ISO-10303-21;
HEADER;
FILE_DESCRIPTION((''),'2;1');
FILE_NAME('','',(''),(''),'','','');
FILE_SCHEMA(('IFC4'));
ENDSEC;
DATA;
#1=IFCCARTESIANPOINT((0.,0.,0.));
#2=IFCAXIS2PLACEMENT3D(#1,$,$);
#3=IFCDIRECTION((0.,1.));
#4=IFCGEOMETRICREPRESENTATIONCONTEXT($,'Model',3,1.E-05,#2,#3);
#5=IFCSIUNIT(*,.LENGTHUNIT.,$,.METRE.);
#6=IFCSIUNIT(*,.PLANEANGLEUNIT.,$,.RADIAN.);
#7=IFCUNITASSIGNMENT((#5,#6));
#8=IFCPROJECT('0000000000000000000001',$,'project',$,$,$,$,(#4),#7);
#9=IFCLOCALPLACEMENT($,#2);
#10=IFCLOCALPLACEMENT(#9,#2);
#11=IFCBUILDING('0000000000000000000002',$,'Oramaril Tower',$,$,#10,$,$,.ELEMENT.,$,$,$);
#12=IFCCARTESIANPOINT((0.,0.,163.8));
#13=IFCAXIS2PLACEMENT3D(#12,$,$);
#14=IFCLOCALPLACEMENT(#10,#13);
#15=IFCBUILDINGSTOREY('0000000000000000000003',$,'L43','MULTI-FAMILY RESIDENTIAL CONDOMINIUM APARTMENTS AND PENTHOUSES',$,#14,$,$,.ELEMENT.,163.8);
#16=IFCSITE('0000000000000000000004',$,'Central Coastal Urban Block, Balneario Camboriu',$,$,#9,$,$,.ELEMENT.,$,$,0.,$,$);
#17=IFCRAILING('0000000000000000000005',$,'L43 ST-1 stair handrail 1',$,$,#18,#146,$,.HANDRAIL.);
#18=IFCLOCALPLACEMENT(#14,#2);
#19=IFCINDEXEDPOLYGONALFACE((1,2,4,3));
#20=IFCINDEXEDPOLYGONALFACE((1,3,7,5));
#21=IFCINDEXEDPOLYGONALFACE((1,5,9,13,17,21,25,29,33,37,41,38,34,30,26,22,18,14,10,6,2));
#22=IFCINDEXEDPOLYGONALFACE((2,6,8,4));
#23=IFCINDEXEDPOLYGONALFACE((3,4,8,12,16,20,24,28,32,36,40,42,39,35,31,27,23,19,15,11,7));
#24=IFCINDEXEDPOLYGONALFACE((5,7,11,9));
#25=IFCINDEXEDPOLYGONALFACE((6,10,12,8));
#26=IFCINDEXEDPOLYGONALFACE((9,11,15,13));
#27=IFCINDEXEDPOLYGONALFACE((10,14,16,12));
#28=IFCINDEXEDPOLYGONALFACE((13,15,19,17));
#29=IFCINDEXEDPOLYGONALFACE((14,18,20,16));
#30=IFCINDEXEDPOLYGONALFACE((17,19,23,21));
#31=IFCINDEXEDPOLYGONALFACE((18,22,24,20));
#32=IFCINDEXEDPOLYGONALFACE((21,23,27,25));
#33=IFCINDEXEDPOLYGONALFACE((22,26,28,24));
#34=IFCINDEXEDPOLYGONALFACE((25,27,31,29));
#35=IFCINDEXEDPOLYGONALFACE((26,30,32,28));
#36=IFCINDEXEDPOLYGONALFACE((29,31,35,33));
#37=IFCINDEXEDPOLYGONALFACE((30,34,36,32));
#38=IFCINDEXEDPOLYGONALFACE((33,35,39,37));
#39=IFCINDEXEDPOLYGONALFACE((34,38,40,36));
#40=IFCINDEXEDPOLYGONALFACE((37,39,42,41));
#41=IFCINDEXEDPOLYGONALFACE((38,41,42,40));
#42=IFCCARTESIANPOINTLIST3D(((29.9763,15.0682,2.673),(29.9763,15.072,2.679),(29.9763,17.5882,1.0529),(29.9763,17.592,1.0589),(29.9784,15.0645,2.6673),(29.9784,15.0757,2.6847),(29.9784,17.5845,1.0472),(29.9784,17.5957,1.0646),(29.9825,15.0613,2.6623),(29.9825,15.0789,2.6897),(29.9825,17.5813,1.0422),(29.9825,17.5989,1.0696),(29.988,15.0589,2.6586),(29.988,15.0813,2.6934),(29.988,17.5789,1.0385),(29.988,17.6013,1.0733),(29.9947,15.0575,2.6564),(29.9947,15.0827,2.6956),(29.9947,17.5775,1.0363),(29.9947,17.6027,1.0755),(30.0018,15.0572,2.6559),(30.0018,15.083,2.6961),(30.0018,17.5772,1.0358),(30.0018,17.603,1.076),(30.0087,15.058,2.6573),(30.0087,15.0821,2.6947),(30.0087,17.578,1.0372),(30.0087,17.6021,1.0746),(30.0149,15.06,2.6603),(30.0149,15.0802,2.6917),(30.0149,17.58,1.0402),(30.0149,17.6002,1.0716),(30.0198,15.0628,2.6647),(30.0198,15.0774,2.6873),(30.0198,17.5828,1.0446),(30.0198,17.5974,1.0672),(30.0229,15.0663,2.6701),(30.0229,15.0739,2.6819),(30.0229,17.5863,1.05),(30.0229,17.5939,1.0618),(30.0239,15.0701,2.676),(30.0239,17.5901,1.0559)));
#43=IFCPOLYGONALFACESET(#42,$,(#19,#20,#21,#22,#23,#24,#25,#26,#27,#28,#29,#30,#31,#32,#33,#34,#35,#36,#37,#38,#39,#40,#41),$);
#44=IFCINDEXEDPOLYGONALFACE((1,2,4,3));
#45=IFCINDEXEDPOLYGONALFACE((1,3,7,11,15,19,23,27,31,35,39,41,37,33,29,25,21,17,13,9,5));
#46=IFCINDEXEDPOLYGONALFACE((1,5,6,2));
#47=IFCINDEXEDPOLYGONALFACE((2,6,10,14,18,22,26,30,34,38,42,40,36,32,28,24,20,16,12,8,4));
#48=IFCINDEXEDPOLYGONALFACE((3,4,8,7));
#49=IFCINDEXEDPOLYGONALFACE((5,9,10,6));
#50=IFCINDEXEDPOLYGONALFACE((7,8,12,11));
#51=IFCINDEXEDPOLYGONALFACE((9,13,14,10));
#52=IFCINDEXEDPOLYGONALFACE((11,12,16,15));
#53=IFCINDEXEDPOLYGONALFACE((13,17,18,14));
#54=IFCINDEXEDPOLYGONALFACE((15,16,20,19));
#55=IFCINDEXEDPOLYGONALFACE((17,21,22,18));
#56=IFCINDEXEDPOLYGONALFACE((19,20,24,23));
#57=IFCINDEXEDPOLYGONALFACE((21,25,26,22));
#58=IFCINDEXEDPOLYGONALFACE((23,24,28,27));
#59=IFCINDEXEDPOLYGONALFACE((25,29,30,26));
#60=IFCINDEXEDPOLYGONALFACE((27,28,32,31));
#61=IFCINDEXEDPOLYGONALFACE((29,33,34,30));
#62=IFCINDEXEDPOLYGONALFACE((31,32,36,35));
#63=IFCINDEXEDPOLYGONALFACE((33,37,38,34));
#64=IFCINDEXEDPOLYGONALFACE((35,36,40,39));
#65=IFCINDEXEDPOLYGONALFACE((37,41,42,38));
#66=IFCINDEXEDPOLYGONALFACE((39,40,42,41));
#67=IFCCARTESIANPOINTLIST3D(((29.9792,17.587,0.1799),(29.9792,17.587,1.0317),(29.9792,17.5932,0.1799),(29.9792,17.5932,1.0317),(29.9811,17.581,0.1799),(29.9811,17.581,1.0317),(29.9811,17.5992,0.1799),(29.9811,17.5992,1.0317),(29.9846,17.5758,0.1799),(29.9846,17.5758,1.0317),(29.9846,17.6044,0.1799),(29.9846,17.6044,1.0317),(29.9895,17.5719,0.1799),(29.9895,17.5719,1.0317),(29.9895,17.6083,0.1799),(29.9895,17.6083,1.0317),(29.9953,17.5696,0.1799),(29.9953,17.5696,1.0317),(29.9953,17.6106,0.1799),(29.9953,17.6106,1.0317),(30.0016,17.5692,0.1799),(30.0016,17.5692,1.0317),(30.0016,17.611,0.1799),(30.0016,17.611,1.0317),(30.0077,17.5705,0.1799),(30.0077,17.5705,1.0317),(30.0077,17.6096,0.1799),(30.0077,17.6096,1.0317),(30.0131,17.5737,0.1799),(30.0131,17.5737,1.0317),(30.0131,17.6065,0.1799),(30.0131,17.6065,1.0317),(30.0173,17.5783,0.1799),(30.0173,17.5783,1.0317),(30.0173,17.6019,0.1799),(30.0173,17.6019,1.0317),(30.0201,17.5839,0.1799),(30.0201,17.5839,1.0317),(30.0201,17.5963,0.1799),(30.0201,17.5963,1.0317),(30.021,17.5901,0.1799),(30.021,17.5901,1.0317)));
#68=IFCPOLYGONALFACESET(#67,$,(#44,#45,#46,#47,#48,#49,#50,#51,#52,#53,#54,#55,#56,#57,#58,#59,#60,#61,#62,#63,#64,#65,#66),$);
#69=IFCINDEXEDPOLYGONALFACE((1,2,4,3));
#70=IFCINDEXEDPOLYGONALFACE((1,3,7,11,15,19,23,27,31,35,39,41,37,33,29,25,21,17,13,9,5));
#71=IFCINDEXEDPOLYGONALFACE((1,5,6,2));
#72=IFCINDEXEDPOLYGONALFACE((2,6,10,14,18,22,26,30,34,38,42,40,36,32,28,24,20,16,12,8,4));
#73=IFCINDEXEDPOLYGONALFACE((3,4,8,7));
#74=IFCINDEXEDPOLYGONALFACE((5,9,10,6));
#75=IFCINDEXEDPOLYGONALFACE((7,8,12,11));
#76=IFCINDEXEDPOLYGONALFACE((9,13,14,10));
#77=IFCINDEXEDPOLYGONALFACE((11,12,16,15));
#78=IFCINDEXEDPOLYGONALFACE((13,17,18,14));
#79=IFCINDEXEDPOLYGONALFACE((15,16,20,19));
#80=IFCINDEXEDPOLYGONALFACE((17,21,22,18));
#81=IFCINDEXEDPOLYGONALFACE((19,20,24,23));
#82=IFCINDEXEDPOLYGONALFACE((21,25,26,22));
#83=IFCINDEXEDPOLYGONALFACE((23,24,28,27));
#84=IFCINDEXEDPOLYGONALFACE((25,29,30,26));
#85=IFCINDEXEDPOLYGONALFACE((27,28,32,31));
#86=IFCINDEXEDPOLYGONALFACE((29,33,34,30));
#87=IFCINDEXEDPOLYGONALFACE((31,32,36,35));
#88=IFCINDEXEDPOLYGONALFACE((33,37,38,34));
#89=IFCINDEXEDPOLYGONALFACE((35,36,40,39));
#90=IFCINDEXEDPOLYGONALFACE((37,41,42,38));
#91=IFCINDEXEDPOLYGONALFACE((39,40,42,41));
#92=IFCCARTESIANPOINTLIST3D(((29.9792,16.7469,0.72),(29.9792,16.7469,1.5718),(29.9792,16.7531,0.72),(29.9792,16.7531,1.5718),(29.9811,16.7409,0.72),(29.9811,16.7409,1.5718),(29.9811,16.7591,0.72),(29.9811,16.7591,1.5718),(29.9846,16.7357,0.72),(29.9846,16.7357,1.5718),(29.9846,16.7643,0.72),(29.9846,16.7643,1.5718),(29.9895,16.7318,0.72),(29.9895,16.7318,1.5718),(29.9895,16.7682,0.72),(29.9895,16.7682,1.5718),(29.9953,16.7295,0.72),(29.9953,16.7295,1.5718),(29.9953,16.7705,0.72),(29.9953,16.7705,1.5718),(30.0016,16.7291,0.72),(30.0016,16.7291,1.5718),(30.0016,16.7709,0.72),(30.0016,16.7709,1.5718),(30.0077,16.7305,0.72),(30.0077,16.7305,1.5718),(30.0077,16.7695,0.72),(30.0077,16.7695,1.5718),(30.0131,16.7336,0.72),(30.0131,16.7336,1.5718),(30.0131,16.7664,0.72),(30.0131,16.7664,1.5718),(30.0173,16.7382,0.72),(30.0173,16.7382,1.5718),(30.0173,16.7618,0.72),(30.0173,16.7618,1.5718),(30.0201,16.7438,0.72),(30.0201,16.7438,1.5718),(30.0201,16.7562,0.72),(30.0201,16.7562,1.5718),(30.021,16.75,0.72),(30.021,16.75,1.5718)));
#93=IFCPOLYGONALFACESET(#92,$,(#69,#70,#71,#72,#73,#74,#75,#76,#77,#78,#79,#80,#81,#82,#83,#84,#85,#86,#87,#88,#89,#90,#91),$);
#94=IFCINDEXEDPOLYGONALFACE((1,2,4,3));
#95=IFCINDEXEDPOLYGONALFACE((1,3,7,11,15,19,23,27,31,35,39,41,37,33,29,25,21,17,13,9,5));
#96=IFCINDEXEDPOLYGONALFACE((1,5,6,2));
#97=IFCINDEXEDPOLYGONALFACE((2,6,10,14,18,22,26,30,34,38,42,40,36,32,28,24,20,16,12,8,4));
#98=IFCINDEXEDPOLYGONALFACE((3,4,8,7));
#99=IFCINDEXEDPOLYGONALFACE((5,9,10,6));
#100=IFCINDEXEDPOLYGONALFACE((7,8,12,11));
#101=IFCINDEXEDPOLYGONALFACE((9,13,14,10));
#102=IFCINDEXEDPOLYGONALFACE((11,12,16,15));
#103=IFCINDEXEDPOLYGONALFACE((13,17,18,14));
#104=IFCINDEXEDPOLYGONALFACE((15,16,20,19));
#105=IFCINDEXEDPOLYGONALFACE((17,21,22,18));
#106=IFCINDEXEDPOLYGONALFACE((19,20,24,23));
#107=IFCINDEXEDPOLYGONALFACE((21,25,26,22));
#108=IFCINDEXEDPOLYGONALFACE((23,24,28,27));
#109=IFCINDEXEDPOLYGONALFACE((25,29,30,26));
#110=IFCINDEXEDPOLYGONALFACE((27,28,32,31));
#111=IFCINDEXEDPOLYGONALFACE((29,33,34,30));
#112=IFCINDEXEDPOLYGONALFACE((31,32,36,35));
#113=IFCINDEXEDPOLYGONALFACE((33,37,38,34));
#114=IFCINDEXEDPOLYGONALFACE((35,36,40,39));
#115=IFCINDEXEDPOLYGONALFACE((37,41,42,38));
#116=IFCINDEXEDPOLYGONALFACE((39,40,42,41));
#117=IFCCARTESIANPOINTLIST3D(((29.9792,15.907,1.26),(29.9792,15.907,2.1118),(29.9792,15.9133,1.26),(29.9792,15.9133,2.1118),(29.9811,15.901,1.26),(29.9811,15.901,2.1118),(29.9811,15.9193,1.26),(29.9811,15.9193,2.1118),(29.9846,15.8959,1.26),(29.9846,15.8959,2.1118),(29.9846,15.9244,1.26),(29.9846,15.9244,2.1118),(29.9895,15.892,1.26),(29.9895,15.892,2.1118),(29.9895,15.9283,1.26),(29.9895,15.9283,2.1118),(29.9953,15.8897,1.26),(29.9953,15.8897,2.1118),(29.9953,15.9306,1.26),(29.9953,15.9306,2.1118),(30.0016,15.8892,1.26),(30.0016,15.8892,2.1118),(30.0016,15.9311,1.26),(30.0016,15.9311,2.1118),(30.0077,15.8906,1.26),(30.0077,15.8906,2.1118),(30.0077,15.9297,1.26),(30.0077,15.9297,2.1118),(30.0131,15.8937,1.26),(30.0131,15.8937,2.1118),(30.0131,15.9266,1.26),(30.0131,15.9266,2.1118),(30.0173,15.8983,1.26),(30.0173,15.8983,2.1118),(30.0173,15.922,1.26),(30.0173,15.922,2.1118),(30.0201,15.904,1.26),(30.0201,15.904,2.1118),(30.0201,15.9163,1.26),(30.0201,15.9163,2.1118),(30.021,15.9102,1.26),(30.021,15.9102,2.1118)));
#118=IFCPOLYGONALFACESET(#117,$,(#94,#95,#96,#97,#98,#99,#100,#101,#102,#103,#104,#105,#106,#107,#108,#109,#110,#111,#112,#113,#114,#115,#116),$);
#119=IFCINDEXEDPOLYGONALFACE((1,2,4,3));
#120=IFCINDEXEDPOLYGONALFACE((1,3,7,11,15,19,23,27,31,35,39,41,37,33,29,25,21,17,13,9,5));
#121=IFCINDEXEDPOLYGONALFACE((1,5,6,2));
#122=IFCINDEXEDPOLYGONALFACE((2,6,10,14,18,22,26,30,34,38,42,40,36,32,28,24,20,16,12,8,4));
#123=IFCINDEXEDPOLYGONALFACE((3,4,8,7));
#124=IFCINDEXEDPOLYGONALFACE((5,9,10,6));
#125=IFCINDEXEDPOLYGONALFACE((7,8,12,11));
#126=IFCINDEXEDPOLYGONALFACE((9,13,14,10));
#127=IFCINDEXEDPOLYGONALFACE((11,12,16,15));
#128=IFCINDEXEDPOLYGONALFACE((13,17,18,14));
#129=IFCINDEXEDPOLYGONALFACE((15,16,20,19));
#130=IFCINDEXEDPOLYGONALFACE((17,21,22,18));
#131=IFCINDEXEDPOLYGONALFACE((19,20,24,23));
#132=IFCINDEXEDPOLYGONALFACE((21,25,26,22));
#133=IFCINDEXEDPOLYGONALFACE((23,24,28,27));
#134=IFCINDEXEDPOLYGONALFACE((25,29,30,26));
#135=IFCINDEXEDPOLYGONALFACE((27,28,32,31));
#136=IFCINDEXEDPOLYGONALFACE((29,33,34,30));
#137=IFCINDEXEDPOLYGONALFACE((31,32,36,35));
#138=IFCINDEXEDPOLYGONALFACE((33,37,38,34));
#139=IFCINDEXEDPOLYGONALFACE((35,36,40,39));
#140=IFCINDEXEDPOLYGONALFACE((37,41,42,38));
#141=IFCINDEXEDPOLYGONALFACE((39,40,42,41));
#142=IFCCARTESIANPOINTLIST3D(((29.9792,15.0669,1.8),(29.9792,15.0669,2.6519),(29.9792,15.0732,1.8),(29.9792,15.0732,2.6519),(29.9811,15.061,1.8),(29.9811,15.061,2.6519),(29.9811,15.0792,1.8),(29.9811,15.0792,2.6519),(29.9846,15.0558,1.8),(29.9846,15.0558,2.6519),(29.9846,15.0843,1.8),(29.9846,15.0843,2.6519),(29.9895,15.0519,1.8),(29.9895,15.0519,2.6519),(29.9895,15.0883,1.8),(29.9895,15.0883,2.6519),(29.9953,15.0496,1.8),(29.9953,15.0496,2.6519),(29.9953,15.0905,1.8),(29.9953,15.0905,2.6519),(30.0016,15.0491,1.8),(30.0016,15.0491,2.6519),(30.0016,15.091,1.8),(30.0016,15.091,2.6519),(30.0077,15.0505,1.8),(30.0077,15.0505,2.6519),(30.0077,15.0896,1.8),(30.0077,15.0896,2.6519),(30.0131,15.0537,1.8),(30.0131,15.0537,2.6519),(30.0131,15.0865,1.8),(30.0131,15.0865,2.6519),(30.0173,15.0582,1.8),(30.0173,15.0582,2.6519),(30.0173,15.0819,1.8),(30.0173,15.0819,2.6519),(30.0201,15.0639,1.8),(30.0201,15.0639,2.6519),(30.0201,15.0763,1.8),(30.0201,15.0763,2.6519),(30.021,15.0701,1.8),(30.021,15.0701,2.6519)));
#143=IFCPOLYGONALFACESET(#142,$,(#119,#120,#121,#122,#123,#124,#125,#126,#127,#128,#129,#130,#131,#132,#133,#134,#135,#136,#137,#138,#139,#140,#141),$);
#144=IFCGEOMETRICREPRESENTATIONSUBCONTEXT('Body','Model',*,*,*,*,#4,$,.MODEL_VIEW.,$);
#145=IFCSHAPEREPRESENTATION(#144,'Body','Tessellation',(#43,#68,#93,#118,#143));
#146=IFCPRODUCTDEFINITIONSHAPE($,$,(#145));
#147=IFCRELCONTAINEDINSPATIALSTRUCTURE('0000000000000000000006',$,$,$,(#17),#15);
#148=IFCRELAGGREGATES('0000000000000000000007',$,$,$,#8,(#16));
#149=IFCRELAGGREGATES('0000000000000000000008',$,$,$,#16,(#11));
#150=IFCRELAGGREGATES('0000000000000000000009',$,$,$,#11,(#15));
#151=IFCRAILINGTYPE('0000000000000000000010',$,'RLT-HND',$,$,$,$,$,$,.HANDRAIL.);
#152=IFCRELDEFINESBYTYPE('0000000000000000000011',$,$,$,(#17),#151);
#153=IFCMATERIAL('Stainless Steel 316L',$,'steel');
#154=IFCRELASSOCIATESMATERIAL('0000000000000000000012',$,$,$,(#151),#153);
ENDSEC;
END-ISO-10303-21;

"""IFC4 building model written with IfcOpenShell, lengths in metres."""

from ifc_helpers import new_model, si_unit, direction, frame, origin, origin_2d, place, context, subcontext, project, spatial, circle, extrude, material, type_object, element, save


model = new_model("IFC4")

# Units and contexts
model_context = context("Model", 3, precision=1e-05, world=origin(), true_north=direction((0.0, 1.0)))
body_context = subcontext(model_context, "Body", "Model", "MODEL_VIEW")
ifc_project = project(units=[si_unit("LENGTHUNIT", "METRE"), si_unit("PLANEANGLEUNIT", "RADIAN")], contexts=[model_context])

# Site, building, storey
site_placement = place(None, origin())
site = spatial("IfcSite", under=ifc_project, at=site_placement, Name="Central Coastal Urban Block, Balneario Camboriu", CompositionType="ELEMENT", RefElevation=0.0)
building_placement = place(site_placement, origin())
building = spatial("IfcBuilding", under=site, at=building_placement, Name="Oramaril Tower", CompositionType="ELEMENT")
storey_placement = place(building_placement, frame((0.0, 0.0, 163.8)))
storey = spatial("IfcBuildingStorey", under=building, at=storey_placement, Name="L43", Description="MULTI-FAMILY RESIDENTIAL CONDOMINIUM APARTMENTS AND PENTHOUSES", CompositionType="ELEMENT", Elevation=163.8)

# Railing
ifc_material_1 = material(Name="Stainless Steel 316L", Category="steel")
railing_type_1 = type_object("IfcRailingType", Name="RLT-HND", PredefinedType="HANDRAIL", material=ifc_material_1)
railing_1_placement = place(storey_placement, frame((30.0, 17.5901, 0.1799)))
element("IfcRailing", 1, at=railing_1_placement, inside=storey, type_object=railing_type_1, Name="L43 ST-1 stair handrail 1", PredefinedType="HANDRAIL", context=body_context, shape_type="SweptSolid", body=[
    extrude(circle(Radius=0.0239, at=origin_2d()), frame((0.0, 0.0, 0.876), z_axis=(0.0, -0.841163, 0.540782), x_axis=(1.0, 0.0, 0.0)), (0.0, 0.0, 1.0), 2.9958),
    extrude(circle(Radius=0.021, at=origin_2d()), origin(), (0.0, 0.0, 1.0), 0.8518),
    extrude(circle(Radius=0.021, at=origin_2d()), frame((0.0, -0.8401, 0.54)), (0.0, 0.0, 1.0), 0.8518),
    extrude(circle(Radius=0.021, at=origin_2d()), frame((0.0, -1.6799, 1.0801)), (0.0, 0.0, 1.0), 0.8518),
    extrude(circle(Radius=0.021, at=origin_2d()), frame((0.0, -2.52, 1.6201)), (0.0, 0.0, 1.0), 0.8518),
])

save(model, "model.ifc")
